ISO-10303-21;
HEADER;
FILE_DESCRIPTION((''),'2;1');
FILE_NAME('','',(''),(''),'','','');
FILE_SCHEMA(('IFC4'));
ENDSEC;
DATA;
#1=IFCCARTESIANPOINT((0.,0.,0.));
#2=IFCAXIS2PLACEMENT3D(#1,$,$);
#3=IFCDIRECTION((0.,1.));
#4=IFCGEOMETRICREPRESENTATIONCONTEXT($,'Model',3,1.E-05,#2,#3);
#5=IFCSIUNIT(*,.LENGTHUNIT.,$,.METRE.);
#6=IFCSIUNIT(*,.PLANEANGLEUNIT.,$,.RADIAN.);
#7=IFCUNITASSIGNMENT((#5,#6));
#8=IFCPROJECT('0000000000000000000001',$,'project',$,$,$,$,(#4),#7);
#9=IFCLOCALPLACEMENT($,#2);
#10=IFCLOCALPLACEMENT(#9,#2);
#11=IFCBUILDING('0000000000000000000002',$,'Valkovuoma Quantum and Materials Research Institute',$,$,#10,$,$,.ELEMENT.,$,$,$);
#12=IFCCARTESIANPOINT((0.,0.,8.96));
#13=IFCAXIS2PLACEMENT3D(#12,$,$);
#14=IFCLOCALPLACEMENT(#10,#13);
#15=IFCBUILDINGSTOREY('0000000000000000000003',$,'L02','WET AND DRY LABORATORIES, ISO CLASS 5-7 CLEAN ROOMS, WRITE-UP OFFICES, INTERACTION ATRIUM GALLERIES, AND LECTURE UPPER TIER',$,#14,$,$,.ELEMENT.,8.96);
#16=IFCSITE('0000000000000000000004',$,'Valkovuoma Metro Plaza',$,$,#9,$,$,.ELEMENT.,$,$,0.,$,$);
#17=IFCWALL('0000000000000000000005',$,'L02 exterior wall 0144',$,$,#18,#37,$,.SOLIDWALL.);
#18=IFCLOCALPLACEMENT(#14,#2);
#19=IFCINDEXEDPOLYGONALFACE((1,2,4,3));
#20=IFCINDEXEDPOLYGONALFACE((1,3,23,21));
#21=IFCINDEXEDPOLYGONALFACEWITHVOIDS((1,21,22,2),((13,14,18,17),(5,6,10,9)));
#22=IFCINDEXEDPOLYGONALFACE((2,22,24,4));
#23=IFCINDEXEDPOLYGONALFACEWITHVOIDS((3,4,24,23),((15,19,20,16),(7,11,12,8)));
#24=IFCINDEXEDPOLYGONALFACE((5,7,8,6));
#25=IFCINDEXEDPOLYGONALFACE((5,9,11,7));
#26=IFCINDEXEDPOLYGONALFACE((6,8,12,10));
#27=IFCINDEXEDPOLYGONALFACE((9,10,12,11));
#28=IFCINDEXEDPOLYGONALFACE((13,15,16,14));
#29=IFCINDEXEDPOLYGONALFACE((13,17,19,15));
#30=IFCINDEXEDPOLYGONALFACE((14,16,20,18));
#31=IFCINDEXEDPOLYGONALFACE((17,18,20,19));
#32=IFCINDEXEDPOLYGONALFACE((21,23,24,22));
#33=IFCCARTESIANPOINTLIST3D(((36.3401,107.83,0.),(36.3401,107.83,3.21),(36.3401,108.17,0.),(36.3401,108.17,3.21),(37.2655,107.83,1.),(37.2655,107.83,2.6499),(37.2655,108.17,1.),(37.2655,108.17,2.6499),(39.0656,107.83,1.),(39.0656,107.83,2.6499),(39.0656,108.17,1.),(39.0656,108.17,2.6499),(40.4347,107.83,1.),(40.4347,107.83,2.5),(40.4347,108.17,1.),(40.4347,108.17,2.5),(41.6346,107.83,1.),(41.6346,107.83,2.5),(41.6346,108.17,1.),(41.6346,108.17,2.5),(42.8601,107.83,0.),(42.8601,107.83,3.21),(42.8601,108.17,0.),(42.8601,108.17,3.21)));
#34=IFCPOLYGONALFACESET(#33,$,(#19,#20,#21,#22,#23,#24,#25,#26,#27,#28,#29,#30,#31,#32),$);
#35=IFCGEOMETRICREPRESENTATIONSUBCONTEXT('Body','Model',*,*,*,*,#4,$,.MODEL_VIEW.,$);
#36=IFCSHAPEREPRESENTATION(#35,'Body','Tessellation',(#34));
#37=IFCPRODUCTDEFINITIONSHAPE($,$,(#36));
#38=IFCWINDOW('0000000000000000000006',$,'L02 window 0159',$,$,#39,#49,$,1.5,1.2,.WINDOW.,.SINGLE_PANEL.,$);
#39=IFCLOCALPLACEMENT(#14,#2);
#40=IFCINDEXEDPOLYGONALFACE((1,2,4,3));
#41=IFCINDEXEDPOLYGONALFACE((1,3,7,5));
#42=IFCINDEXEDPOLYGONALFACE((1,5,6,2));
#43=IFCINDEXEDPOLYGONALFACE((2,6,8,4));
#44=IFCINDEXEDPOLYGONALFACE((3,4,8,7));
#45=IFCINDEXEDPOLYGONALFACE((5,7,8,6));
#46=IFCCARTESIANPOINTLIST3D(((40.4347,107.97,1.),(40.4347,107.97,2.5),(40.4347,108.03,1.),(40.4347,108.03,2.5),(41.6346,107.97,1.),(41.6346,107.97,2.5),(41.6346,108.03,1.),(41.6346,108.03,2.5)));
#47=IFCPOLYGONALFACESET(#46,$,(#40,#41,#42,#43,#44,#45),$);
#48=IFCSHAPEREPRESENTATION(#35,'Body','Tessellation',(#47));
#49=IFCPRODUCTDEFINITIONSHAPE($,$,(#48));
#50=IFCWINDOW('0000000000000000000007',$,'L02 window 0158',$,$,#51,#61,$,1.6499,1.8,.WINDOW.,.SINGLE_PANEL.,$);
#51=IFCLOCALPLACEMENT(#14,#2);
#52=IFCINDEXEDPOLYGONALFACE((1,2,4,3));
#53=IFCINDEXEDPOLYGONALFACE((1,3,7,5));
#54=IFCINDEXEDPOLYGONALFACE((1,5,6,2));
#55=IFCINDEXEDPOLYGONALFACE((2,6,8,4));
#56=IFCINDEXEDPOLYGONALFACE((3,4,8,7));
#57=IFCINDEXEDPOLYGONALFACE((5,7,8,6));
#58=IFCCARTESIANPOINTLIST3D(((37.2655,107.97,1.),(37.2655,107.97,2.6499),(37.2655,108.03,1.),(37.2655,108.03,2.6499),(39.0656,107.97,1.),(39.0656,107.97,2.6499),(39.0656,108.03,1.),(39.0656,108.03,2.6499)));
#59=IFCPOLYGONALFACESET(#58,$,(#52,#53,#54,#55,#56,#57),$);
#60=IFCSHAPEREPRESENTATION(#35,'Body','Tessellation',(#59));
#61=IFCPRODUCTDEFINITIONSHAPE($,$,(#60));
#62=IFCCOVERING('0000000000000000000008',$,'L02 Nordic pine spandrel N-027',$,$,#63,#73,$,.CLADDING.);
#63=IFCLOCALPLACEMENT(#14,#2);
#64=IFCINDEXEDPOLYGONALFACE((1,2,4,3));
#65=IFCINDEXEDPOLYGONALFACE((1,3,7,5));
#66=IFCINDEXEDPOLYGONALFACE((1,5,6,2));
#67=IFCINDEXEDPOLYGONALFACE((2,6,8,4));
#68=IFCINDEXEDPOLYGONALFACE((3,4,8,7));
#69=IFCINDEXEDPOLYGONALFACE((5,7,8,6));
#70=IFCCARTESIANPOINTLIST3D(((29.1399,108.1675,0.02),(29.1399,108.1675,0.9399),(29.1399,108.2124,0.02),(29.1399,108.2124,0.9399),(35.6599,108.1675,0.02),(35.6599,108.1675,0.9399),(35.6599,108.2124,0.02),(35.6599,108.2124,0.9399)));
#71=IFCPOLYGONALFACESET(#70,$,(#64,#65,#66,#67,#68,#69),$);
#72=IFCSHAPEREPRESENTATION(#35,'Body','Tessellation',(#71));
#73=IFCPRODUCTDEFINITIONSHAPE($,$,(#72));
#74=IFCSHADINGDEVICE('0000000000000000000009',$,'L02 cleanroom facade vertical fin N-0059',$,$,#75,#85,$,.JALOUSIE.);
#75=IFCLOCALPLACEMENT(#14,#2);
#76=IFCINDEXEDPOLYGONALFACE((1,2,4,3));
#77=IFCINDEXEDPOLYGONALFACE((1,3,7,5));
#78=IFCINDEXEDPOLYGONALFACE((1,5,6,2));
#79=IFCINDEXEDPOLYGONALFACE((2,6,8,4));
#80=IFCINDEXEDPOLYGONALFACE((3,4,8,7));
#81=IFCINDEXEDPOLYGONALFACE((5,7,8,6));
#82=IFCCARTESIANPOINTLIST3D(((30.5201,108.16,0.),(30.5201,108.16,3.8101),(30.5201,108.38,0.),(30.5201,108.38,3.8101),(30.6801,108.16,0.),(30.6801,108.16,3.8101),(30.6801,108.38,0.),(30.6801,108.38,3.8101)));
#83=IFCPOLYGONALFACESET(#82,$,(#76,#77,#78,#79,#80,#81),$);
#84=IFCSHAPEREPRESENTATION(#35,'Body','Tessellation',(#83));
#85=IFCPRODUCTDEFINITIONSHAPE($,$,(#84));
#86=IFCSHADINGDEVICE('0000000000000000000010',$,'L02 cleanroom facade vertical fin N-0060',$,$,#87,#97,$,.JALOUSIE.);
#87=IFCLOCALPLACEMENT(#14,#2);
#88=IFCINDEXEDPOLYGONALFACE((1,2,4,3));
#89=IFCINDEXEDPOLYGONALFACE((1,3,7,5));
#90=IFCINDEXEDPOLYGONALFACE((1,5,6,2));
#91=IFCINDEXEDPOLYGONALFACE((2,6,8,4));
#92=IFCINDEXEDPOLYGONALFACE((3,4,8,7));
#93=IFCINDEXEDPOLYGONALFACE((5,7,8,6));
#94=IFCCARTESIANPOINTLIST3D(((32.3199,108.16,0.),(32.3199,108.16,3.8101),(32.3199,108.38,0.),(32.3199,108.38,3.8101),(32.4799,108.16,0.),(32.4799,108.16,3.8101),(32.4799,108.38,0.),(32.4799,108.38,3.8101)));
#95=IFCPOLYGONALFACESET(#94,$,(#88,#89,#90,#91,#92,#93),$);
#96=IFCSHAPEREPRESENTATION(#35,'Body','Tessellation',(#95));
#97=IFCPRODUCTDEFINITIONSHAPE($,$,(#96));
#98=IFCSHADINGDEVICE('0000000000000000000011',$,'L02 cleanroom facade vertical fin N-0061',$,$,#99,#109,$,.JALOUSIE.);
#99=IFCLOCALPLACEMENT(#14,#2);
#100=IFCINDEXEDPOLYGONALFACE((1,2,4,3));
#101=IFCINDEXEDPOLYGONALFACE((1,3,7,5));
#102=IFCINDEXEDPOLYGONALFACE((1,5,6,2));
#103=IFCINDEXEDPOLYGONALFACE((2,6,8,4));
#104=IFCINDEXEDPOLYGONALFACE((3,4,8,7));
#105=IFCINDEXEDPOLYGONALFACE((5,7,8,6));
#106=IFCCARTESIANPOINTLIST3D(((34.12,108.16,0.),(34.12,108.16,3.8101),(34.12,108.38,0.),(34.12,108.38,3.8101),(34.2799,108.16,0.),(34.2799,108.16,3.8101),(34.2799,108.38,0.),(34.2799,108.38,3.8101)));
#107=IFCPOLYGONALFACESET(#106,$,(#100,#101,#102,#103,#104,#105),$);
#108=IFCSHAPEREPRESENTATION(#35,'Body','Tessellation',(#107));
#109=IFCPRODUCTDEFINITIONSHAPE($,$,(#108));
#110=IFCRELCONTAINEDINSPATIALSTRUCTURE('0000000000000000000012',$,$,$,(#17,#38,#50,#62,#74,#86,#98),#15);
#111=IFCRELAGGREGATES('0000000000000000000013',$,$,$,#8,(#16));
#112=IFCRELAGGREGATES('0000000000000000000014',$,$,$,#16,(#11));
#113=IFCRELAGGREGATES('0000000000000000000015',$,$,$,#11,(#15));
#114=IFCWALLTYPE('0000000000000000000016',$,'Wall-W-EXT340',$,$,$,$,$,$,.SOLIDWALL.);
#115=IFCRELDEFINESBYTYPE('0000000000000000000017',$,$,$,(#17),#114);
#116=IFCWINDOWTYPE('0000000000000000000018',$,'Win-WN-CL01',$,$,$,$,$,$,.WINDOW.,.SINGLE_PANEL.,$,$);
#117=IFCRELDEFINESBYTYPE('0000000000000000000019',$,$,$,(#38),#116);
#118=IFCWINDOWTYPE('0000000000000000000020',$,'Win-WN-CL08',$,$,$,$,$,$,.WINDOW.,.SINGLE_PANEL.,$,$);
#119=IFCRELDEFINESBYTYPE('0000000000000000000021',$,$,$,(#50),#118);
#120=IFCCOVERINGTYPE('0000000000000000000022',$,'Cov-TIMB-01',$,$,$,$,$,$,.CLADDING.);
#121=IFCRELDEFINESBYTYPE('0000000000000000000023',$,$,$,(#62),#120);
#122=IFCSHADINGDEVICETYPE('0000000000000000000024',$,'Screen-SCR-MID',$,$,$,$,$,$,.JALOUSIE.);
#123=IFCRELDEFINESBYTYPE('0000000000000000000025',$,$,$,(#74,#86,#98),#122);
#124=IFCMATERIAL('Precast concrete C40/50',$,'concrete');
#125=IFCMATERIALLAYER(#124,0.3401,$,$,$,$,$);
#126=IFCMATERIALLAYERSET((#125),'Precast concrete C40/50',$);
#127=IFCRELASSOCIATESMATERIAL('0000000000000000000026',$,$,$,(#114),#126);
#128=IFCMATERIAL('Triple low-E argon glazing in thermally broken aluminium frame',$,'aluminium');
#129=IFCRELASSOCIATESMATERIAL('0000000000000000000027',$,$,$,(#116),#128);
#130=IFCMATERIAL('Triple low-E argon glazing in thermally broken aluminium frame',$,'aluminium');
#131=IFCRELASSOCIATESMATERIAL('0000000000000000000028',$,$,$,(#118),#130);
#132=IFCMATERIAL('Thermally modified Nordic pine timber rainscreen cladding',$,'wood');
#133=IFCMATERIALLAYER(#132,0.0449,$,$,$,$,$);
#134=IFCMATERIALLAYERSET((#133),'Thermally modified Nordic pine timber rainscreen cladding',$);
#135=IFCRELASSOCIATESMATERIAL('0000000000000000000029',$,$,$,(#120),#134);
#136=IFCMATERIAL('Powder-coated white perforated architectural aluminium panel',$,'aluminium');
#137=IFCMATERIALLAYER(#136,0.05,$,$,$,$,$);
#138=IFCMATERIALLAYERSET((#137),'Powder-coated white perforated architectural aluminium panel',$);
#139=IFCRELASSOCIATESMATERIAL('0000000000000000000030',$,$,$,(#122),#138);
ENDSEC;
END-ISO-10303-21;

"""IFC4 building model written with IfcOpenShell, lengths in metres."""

from ifc_helpers import new_model, si_unit, direction, frame, frame_2d, origin, origin_2d, place, context, subcontext, project, spatial, rectangle, extrude, material, layer, layer_set, type_object, element, fill, save


model = new_model("IFC4")

# Units and contexts
model_context = context("Model", 3, precision=1e-05, world=origin(), true_north=direction((0.0, 1.0)))
body_context = subcontext(model_context, "Body", "Model", "MODEL_VIEW")
ifc_project = project(units=[si_unit("LENGTHUNIT", "METRE"), si_unit("PLANEANGLEUNIT", "RADIAN")], contexts=[model_context])

# Site, building, storey
site_placement = place(None, origin())
site = spatial("IfcSite", under=ifc_project, at=site_placement, Name="Valkovuoma Metro Plaza", CompositionType="ELEMENT", RefElevation=0.0)
building_placement = place(site_placement, origin())
building = spatial("IfcBuilding", under=site, at=building_placement, Name="Valkovuoma Quantum and Materials Research Institute", CompositionType="ELEMENT")
storey_placement = place(building_placement, frame((0.0, 0.0, 8.96)))
storey = spatial("IfcBuildingStorey", under=building, at=storey_placement, Name="L02", Description="WET AND DRY LABORATORIES, ISO CLASS 5-7 CLEAN ROOMS, WRITE-UP OFFICES, INTERACTION ATRIUM GALLERIES, AND LECTURE UPPER TIER", CompositionType="ELEMENT", Elevation=8.96)

# Wall, openings, windows
ifc_material_1 = material(Name="Precast concrete C40/50", Category="concrete")
ifc_layer_1 = layer(ifc_material_1, 0.3401)
ifc_layer_set_1 = layer_set([ifc_layer_1], Name="Precast concrete C40/50")
wall_type = type_object("IfcWallType", Name="Wall-W-EXT340", PredefinedType="SOLIDWALL", material=ifc_layer_set_1)
wall_1_placement = place(storey_placement, frame((36.3401, 108.0, 0.0), z_axis=(0.0, 0.0, 1.0), x_axis=(1.0, 0.0, 0.0)))
wall_1 = element("IfcWall", 1, at=wall_1_placement, inside=storey, type_object=wall_type, Name="L02 exterior wall 0144", PredefinedType="SOLIDWALL", context=body_context, shape_type="SweptSolid", body=[
    extrude(rectangle(XDim=6.52, YDim=0.3401, at=frame_2d((3.26, 0.0))), origin(), (0.0, 0.0, 1.0), 3.21),
])
opening_1_placement = place(wall_1_placement, frame((0.9255, 0.0, 1.0)))
opening_1 = element("IfcOpeningElement", 2, at=opening_1_placement, cuts=wall_1, PredefinedType="OPENING", context=body_context, shape_type="SweptSolid", body=[
    extrude(rectangle(XDim=1.8, YDim=1.6499, at=frame_2d((0.8999, 0.825))), frame((0.0, 0.1802, 0.0), z_axis=(0.0, -1.0, 0.0), x_axis=(1.0, 0.0, 0.0)), (0.0, 0.0, 1.0), 0.3601),
])
opening_2_placement = place(wall_1_placement, frame((4.0945, 0.0, 1.0)))
opening_2 = element("IfcOpeningElement", 3, at=opening_2_placement, cuts=wall_1, PredefinedType="OPENING", context=body_context, shape_type="SweptSolid", body=[
    extrude(rectangle(XDim=1.2, YDim=1.5, at=frame_2d((0.6001, 0.75))), frame((0.0, 0.1802, 0.0), z_axis=(0.0, -1.0, 0.0), x_axis=(1.0, 0.0, 0.0)), (0.0, 0.0, 1.0), 0.3601),
])
ifc_material_2 = material(Name="Triple low-E argon glazing in thermally broken aluminium frame", Category="aluminium")
window_type_1 = type_object("IfcWindowType", Name="Win-WN-CL01", PartitioningType="SINGLE_PANEL", PredefinedType="WINDOW", material=ifc_material_2)
window_1_placement = place(opening_2_placement, origin())
window_1 = element("IfcWindow", 4, at=window_1_placement, inside=storey, type_object=window_type_1, Name="L02 window 0159", OverallHeight=1.5, OverallWidth=1.2, PartitioningType="SINGLE_PANEL", PredefinedType="WINDOW", context=body_context, shape_type="SweptSolid", body=[
    extrude(rectangle(XDim=1.2, YDim=1.5, at=frame_2d((0.6001, 0.75))), frame((0.0, 0.03, 0.0), z_axis=(0.0, -1.0, 0.0), x_axis=(1.0, 0.0, 0.0)), (0.0, 0.0, 1.0), 0.0601),
])
fill(opening_2, window_1)
ifc_material_3 = material(Name="Triple low-E argon glazing in thermally broken aluminium frame", Category="aluminium")
window_type_2 = type_object("IfcWindowType", Name="Win-WN-CL08", PartitioningType="SINGLE_PANEL", PredefinedType="WINDOW", material=ifc_material_3)
window_2_placement = place(opening_1_placement, origin())
window_2 = element("IfcWindow", 5, at=window_2_placement, inside=storey, type_object=window_type_2, Name="L02 window 0158", OverallHeight=1.6499, OverallWidth=1.8, PartitioningType="SINGLE_PANEL", PredefinedType="WINDOW", context=body_context, shape_type="SweptSolid", body=[
    extrude(rectangle(XDim=1.8, YDim=1.6499, at=frame_2d((0.8999, 0.825))), frame((0.0, 0.03, 0.0), z_axis=(0.0, -1.0, 0.0), x_axis=(1.0, 0.0, 0.0)), (0.0, 0.0, 1.0), 0.0601),
])
fill(opening_1, window_2)

# Covering
ifc_material_4 = material(Name="Thermally modified Nordic pine timber rainscreen cladding", Category="wood")
ifc_layer_2 = layer(ifc_material_4, 0.0449)
ifc_layer_set_2 = layer_set([ifc_layer_2], Name="Thermally modified Nordic pine timber rainscreen cladding")
covering_type = type_object("IfcCoveringType", Name="Cov-TIMB-01", PredefinedType="CLADDING", material=ifc_layer_set_2)
covering_placement = place(storey_placement, frame((32.3999, 108.1899, 0.02), z_axis=(0.0, 0.0, 1.0), x_axis=(1.0, 0.0, 0.0)))
element("IfcCovering", 6, at=covering_placement, inside=storey, type_object=covering_type, Name="L02 Nordic pine spandrel N-027", PredefinedType="CLADDING", context=body_context, shape_type="SweptSolid", body=[
    extrude(rectangle(XDim=6.52, YDim=0.0449, at=origin_2d()), origin(), (0.0, 0.0, 1.0), 0.9199),
])

# Shading devices
ifc_material_5 = material(Name="Powder-coated white perforated architectural aluminium panel", Category="aluminium")
ifc_layer_3 = layer(ifc_material_5, 0.05)
ifc_layer_set_3 = layer_set([ifc_layer_3], Name="Powder-coated white perforated architectural aluminium panel")
shading_device_type = type_object("IfcShadingDeviceType", Name="Screen-SCR-MID", PredefinedType="JALOUSIE", material=ifc_layer_set_3)
for number, where, z_axis, x_axis, name in (
    (7, (30.6001, 108.27, 0.0), (0.0, 0.0, 1.0), (1.0, 0.0, 0.0), "L02 cleanroom facade vertical fin N-0059"),
    (8, (32.3999, 108.27, 0.0), (0.0, 0.0, 1.0), (1.0, 0.0, 0.0), "L02 cleanroom facade vertical fin N-0060"),
    (9, (34.2, 108.27, 0.0), (0.0, 0.0, 1.0), (1.0, 0.0, 0.0), "L02 cleanroom facade vertical fin N-0061"),
):
    element("IfcShadingDevice", number, at=place(storey_placement, frame(where, z_axis=z_axis, x_axis=x_axis)), inside=storey, type_object=shading_device_type, Name=name, PredefinedType="JALOUSIE", context=body_context, shape_type="SweptSolid", body=[
        extrude(rectangle(XDim=0.1599, YDim=0.22, at=origin_2d()), origin(), (0.0, 0.0, 1.0), 3.8101),
    ])

save(model, "model.ifc")
